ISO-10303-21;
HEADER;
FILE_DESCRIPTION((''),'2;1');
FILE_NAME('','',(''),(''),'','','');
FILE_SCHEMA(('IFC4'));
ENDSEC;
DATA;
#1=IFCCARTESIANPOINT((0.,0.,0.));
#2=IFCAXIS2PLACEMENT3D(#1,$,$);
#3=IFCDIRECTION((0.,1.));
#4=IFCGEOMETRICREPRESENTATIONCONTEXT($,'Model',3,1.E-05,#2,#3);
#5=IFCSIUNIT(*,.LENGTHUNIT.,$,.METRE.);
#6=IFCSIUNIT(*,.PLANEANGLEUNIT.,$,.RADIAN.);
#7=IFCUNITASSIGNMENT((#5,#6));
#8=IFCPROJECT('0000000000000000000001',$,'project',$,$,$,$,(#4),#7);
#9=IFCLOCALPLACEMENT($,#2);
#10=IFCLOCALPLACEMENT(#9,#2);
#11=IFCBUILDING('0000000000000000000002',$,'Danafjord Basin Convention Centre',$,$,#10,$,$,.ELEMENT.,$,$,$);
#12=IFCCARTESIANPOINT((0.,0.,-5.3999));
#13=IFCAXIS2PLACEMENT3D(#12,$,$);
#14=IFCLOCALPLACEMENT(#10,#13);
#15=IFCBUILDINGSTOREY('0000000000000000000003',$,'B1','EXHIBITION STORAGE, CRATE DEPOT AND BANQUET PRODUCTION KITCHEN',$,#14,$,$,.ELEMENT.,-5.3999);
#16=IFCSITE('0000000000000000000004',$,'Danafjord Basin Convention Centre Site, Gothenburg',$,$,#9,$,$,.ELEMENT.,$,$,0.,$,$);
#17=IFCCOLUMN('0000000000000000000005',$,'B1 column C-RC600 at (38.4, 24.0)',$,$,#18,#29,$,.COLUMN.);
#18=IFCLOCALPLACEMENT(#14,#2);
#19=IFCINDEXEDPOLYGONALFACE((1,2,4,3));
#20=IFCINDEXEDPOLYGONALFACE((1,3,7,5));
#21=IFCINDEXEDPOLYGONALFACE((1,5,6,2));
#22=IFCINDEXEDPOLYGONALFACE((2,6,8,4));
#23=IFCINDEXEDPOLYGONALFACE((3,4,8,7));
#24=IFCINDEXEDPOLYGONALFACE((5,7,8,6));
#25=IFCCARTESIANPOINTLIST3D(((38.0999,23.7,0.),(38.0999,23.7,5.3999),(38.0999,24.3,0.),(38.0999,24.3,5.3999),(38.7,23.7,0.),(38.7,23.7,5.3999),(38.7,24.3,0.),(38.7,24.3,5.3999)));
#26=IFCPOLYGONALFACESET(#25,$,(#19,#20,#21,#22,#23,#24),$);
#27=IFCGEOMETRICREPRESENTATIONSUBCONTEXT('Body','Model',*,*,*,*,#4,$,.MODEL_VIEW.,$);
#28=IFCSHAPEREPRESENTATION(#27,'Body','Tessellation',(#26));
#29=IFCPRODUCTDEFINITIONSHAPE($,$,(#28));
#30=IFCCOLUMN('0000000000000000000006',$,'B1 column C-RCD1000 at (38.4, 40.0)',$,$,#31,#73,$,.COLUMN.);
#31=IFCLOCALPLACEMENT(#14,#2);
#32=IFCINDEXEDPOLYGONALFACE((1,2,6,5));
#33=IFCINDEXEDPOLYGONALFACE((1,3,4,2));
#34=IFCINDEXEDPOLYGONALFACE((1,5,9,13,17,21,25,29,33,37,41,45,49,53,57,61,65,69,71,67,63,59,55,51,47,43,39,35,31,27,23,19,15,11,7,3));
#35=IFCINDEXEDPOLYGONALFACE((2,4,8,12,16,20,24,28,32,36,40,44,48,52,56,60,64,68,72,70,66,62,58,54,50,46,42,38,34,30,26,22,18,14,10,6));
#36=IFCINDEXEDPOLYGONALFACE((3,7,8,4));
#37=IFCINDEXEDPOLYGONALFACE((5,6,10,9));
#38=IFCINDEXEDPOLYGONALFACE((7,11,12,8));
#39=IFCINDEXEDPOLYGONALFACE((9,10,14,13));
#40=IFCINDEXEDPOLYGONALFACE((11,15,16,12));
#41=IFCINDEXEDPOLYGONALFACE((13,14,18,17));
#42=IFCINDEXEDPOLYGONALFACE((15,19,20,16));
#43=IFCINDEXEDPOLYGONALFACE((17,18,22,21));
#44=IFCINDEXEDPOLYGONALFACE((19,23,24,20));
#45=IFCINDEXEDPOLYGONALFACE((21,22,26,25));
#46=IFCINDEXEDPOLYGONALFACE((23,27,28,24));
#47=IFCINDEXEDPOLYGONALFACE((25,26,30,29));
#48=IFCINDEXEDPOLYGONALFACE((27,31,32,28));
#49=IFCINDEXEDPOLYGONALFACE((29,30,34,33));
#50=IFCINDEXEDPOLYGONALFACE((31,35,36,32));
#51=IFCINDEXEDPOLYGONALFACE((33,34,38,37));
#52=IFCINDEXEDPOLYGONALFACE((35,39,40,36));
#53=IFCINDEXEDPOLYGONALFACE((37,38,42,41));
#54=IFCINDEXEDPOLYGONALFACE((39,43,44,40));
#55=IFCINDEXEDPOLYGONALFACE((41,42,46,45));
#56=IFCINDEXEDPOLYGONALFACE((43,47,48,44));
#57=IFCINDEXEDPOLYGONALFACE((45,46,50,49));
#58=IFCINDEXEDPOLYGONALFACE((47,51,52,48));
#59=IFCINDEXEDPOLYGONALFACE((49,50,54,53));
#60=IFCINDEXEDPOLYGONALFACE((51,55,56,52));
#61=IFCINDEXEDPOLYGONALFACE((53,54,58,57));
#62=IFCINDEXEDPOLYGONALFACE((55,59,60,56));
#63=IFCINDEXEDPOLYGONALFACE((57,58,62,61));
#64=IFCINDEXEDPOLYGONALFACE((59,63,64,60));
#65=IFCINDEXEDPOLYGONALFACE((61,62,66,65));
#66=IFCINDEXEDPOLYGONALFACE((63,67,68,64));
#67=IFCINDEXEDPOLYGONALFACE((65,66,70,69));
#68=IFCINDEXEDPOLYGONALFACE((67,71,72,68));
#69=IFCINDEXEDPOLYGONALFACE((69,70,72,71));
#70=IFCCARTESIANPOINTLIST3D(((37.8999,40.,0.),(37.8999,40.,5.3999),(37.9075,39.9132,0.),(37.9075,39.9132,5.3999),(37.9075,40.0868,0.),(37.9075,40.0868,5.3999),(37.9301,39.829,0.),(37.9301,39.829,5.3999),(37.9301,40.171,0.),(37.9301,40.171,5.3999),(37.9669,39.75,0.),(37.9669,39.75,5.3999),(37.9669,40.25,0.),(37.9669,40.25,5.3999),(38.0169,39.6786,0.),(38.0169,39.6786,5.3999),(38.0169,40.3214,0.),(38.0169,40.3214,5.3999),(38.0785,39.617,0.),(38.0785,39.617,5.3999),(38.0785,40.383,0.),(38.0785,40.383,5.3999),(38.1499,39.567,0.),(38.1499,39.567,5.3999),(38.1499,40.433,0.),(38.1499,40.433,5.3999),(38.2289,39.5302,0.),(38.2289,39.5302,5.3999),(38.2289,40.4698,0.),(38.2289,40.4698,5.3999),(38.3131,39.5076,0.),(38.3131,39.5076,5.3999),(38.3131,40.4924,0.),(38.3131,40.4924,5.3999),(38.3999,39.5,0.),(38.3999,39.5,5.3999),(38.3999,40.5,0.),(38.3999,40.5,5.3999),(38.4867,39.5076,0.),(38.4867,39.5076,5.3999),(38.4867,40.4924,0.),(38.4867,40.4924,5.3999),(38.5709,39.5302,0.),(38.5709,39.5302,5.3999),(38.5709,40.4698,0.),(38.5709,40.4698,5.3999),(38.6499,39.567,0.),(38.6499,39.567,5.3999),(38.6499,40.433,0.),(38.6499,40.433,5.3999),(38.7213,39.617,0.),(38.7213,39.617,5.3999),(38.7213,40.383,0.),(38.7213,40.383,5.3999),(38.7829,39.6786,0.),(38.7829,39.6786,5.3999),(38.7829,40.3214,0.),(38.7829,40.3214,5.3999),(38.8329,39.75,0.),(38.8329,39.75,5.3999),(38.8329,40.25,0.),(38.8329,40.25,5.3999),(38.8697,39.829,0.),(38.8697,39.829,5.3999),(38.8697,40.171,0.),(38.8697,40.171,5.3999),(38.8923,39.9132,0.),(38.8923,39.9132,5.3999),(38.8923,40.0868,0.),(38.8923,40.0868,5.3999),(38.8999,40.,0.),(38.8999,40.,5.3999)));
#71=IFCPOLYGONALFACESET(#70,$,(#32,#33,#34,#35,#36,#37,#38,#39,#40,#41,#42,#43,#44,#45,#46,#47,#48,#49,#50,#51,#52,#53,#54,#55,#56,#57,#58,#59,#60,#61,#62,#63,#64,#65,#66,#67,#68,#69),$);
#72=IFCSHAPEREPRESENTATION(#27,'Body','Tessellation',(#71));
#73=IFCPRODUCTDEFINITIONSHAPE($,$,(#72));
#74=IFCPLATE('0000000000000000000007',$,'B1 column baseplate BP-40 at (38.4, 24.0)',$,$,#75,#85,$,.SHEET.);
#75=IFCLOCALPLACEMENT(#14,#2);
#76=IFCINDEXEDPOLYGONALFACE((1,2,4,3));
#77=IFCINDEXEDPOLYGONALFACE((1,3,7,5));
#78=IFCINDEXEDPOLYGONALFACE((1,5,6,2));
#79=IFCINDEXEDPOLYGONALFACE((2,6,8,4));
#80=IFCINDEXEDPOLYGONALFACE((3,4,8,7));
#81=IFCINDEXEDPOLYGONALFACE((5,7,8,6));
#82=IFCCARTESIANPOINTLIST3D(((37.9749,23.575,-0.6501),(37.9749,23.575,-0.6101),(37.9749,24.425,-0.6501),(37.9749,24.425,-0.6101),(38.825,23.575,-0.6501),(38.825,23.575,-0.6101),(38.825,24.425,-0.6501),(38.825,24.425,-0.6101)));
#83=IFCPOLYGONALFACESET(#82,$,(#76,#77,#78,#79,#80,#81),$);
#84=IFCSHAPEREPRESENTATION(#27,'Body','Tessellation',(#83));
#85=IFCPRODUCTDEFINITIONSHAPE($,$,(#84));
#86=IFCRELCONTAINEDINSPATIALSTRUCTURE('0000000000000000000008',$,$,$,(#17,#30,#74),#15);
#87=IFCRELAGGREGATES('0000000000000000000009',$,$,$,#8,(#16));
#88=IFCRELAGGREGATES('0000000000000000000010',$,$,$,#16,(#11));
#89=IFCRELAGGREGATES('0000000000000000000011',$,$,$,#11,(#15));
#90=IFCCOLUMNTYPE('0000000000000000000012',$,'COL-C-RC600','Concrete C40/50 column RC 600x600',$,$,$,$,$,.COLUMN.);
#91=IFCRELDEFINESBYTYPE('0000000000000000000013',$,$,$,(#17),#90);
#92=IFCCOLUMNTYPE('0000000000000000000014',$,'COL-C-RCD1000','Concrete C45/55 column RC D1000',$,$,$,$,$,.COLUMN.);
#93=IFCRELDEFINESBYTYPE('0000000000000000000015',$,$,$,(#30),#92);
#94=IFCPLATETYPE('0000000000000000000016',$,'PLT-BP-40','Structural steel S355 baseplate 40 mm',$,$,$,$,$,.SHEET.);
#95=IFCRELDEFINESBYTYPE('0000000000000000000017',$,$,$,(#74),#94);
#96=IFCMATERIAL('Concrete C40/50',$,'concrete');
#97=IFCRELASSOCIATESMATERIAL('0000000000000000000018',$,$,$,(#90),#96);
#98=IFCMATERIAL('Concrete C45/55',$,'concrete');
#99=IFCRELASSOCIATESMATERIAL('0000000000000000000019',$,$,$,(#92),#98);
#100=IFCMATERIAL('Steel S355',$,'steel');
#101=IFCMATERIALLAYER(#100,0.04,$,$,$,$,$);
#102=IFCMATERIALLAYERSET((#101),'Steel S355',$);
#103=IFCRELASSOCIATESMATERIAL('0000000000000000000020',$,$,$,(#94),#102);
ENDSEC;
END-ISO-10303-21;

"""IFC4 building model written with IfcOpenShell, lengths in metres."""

from ifc_helpers import new_model, si_unit, direction, frame, origin, origin_2d, place, context, subcontext, project, spatial, rectangle, circle, extrude, material, layer, layer_set, material_profile, profile_set, type_object, element, save


model = new_model("IFC4")

# Units and contexts
model_context = context("Model", 3, precision=1e-05, world=origin(), true_north=direction((0.0, 1.0)))
body_context = subcontext(model_context, "Body", "Model", "MODEL_VIEW")
ifc_project = project(units=[si_unit("LENGTHUNIT", "METRE"), si_unit("PLANEANGLEUNIT", "RADIAN")], contexts=[model_context])

# Site, building, storey
site_placement = place(None, origin())
site = spatial("IfcSite", under=ifc_project, at=site_placement, Name="Danafjord Basin Convention Centre Site, Gothenburg", CompositionType="ELEMENT", RefElevation=0.0)
building_placement = place(site_placement, origin())
building = spatial("IfcBuilding", under=site, at=building_placement, Name="Danafjord Basin Convention Centre", CompositionType="ELEMENT")
storey_placement = place(building_placement, frame((0.0, 0.0, -5.3999)))
storey = spatial("IfcBuildingStorey", under=building, at=storey_placement, Name="B1", Description="EXHIBITION STORAGE, CRATE DEPOT AND BANQUET PRODUCTION KITCHEN", CompositionType="ELEMENT", Elevation=-5.3999)

# Shared definitions
ifc_material_1 = material(Name="Concrete C40/50", Category="concrete")

# Columns
ifc_material_profile_1 = material_profile(ifc_material_1, rectangle(XDim=0.6001, YDim=0.6001, at=origin_2d()), Name="RC 600x600")
ifc_profile_set_1 = profile_set([ifc_material_profile_1], Name="Concrete C40/50")
column_type_1 = type_object("IfcColumnType", Name="COL-C-RC600", Description="Concrete C40/50 column RC 600x600", PredefinedType="COLUMN", material=ifc_profile_set_1)
column_1_placement = place(storey_placement, frame((38.3999, 24.0, 0.0), z_axis=(0.0, 0.0, 1.0), x_axis=(1.0, 0.0, 0.0)))
element("IfcColumn", 1, at=column_1_placement, inside=storey, type_object=column_type_1, Name="B1 column C-RC600 at (38.4, 24.0)", PredefinedType="COLUMN", context=body_context, shape_type="SweptSolid", body=[
    extrude(rectangle(XDim=0.6001, YDim=0.6001, at=origin_2d()), origin(), (0.0, 0.0, 1.0), 5.3999),
])
ifc_material_2 = material(Name="Concrete C45/55", Category="concrete")
ifc_material_profile_2 = material_profile(ifc_material_2, circle(Radius=0.5, at=origin_2d()), Name="RC D1000")
ifc_profile_set_2 = profile_set([ifc_material_profile_2], Name="Concrete C45/55")
column_type_2 = type_object("IfcColumnType", Name="COL-C-RCD1000", Description="Concrete C45/55 column RC D1000", PredefinedType="COLUMN", material=ifc_profile_set_2)
column_2_placement = place(storey_placement, frame((38.3999, 40.0, 0.0), z_axis=(0.0, 0.0, 1.0), x_axis=(1.0, 0.0, 0.0)))
element("IfcColumn", 2, at=column_2_placement, inside=storey, type_object=column_type_2, Name="B1 column C-RCD1000 at (38.4, 40.0)", PredefinedType="COLUMN", context=body_context, shape_type="SweptSolid", body=[
    extrude(circle(Radius=0.5, at=origin_2d()), origin(), (0.0, 0.0, 1.0), 5.3999),
])

# Plate
ifc_material_3 = material(Name="Steel S355", Category="steel")
ifc_layer = layer(ifc_material_3, 0.04)
ifc_layer_set = layer_set([ifc_layer], Name="Steel S355")
plate_type = type_object("IfcPlateType", Name="PLT-BP-40", Description="Structural steel S355 baseplate 40 mm", PredefinedType="SHEET", material=ifc_layer_set)
plate_placement = place(storey_placement, frame((38.3999, 24.0, -0.6501), z_axis=(0.0, 0.0, 1.0), x_axis=(1.0, 0.0, 0.0)))
element("IfcPlate", 3, at=plate_placement, inside=storey, type_object=plate_type, Name="B1 column baseplate BP-40 at (38.4, 24.0)", PredefinedType="SHEET", context=body_context, shape_type="SweptSolid", body=[
    extrude(rectangle(XDim=0.8501, YDim=0.8501, at=origin_2d()), origin(), (0.0, 0.0, 1.0), 0.04),
])

save(model, "model.ifc")
